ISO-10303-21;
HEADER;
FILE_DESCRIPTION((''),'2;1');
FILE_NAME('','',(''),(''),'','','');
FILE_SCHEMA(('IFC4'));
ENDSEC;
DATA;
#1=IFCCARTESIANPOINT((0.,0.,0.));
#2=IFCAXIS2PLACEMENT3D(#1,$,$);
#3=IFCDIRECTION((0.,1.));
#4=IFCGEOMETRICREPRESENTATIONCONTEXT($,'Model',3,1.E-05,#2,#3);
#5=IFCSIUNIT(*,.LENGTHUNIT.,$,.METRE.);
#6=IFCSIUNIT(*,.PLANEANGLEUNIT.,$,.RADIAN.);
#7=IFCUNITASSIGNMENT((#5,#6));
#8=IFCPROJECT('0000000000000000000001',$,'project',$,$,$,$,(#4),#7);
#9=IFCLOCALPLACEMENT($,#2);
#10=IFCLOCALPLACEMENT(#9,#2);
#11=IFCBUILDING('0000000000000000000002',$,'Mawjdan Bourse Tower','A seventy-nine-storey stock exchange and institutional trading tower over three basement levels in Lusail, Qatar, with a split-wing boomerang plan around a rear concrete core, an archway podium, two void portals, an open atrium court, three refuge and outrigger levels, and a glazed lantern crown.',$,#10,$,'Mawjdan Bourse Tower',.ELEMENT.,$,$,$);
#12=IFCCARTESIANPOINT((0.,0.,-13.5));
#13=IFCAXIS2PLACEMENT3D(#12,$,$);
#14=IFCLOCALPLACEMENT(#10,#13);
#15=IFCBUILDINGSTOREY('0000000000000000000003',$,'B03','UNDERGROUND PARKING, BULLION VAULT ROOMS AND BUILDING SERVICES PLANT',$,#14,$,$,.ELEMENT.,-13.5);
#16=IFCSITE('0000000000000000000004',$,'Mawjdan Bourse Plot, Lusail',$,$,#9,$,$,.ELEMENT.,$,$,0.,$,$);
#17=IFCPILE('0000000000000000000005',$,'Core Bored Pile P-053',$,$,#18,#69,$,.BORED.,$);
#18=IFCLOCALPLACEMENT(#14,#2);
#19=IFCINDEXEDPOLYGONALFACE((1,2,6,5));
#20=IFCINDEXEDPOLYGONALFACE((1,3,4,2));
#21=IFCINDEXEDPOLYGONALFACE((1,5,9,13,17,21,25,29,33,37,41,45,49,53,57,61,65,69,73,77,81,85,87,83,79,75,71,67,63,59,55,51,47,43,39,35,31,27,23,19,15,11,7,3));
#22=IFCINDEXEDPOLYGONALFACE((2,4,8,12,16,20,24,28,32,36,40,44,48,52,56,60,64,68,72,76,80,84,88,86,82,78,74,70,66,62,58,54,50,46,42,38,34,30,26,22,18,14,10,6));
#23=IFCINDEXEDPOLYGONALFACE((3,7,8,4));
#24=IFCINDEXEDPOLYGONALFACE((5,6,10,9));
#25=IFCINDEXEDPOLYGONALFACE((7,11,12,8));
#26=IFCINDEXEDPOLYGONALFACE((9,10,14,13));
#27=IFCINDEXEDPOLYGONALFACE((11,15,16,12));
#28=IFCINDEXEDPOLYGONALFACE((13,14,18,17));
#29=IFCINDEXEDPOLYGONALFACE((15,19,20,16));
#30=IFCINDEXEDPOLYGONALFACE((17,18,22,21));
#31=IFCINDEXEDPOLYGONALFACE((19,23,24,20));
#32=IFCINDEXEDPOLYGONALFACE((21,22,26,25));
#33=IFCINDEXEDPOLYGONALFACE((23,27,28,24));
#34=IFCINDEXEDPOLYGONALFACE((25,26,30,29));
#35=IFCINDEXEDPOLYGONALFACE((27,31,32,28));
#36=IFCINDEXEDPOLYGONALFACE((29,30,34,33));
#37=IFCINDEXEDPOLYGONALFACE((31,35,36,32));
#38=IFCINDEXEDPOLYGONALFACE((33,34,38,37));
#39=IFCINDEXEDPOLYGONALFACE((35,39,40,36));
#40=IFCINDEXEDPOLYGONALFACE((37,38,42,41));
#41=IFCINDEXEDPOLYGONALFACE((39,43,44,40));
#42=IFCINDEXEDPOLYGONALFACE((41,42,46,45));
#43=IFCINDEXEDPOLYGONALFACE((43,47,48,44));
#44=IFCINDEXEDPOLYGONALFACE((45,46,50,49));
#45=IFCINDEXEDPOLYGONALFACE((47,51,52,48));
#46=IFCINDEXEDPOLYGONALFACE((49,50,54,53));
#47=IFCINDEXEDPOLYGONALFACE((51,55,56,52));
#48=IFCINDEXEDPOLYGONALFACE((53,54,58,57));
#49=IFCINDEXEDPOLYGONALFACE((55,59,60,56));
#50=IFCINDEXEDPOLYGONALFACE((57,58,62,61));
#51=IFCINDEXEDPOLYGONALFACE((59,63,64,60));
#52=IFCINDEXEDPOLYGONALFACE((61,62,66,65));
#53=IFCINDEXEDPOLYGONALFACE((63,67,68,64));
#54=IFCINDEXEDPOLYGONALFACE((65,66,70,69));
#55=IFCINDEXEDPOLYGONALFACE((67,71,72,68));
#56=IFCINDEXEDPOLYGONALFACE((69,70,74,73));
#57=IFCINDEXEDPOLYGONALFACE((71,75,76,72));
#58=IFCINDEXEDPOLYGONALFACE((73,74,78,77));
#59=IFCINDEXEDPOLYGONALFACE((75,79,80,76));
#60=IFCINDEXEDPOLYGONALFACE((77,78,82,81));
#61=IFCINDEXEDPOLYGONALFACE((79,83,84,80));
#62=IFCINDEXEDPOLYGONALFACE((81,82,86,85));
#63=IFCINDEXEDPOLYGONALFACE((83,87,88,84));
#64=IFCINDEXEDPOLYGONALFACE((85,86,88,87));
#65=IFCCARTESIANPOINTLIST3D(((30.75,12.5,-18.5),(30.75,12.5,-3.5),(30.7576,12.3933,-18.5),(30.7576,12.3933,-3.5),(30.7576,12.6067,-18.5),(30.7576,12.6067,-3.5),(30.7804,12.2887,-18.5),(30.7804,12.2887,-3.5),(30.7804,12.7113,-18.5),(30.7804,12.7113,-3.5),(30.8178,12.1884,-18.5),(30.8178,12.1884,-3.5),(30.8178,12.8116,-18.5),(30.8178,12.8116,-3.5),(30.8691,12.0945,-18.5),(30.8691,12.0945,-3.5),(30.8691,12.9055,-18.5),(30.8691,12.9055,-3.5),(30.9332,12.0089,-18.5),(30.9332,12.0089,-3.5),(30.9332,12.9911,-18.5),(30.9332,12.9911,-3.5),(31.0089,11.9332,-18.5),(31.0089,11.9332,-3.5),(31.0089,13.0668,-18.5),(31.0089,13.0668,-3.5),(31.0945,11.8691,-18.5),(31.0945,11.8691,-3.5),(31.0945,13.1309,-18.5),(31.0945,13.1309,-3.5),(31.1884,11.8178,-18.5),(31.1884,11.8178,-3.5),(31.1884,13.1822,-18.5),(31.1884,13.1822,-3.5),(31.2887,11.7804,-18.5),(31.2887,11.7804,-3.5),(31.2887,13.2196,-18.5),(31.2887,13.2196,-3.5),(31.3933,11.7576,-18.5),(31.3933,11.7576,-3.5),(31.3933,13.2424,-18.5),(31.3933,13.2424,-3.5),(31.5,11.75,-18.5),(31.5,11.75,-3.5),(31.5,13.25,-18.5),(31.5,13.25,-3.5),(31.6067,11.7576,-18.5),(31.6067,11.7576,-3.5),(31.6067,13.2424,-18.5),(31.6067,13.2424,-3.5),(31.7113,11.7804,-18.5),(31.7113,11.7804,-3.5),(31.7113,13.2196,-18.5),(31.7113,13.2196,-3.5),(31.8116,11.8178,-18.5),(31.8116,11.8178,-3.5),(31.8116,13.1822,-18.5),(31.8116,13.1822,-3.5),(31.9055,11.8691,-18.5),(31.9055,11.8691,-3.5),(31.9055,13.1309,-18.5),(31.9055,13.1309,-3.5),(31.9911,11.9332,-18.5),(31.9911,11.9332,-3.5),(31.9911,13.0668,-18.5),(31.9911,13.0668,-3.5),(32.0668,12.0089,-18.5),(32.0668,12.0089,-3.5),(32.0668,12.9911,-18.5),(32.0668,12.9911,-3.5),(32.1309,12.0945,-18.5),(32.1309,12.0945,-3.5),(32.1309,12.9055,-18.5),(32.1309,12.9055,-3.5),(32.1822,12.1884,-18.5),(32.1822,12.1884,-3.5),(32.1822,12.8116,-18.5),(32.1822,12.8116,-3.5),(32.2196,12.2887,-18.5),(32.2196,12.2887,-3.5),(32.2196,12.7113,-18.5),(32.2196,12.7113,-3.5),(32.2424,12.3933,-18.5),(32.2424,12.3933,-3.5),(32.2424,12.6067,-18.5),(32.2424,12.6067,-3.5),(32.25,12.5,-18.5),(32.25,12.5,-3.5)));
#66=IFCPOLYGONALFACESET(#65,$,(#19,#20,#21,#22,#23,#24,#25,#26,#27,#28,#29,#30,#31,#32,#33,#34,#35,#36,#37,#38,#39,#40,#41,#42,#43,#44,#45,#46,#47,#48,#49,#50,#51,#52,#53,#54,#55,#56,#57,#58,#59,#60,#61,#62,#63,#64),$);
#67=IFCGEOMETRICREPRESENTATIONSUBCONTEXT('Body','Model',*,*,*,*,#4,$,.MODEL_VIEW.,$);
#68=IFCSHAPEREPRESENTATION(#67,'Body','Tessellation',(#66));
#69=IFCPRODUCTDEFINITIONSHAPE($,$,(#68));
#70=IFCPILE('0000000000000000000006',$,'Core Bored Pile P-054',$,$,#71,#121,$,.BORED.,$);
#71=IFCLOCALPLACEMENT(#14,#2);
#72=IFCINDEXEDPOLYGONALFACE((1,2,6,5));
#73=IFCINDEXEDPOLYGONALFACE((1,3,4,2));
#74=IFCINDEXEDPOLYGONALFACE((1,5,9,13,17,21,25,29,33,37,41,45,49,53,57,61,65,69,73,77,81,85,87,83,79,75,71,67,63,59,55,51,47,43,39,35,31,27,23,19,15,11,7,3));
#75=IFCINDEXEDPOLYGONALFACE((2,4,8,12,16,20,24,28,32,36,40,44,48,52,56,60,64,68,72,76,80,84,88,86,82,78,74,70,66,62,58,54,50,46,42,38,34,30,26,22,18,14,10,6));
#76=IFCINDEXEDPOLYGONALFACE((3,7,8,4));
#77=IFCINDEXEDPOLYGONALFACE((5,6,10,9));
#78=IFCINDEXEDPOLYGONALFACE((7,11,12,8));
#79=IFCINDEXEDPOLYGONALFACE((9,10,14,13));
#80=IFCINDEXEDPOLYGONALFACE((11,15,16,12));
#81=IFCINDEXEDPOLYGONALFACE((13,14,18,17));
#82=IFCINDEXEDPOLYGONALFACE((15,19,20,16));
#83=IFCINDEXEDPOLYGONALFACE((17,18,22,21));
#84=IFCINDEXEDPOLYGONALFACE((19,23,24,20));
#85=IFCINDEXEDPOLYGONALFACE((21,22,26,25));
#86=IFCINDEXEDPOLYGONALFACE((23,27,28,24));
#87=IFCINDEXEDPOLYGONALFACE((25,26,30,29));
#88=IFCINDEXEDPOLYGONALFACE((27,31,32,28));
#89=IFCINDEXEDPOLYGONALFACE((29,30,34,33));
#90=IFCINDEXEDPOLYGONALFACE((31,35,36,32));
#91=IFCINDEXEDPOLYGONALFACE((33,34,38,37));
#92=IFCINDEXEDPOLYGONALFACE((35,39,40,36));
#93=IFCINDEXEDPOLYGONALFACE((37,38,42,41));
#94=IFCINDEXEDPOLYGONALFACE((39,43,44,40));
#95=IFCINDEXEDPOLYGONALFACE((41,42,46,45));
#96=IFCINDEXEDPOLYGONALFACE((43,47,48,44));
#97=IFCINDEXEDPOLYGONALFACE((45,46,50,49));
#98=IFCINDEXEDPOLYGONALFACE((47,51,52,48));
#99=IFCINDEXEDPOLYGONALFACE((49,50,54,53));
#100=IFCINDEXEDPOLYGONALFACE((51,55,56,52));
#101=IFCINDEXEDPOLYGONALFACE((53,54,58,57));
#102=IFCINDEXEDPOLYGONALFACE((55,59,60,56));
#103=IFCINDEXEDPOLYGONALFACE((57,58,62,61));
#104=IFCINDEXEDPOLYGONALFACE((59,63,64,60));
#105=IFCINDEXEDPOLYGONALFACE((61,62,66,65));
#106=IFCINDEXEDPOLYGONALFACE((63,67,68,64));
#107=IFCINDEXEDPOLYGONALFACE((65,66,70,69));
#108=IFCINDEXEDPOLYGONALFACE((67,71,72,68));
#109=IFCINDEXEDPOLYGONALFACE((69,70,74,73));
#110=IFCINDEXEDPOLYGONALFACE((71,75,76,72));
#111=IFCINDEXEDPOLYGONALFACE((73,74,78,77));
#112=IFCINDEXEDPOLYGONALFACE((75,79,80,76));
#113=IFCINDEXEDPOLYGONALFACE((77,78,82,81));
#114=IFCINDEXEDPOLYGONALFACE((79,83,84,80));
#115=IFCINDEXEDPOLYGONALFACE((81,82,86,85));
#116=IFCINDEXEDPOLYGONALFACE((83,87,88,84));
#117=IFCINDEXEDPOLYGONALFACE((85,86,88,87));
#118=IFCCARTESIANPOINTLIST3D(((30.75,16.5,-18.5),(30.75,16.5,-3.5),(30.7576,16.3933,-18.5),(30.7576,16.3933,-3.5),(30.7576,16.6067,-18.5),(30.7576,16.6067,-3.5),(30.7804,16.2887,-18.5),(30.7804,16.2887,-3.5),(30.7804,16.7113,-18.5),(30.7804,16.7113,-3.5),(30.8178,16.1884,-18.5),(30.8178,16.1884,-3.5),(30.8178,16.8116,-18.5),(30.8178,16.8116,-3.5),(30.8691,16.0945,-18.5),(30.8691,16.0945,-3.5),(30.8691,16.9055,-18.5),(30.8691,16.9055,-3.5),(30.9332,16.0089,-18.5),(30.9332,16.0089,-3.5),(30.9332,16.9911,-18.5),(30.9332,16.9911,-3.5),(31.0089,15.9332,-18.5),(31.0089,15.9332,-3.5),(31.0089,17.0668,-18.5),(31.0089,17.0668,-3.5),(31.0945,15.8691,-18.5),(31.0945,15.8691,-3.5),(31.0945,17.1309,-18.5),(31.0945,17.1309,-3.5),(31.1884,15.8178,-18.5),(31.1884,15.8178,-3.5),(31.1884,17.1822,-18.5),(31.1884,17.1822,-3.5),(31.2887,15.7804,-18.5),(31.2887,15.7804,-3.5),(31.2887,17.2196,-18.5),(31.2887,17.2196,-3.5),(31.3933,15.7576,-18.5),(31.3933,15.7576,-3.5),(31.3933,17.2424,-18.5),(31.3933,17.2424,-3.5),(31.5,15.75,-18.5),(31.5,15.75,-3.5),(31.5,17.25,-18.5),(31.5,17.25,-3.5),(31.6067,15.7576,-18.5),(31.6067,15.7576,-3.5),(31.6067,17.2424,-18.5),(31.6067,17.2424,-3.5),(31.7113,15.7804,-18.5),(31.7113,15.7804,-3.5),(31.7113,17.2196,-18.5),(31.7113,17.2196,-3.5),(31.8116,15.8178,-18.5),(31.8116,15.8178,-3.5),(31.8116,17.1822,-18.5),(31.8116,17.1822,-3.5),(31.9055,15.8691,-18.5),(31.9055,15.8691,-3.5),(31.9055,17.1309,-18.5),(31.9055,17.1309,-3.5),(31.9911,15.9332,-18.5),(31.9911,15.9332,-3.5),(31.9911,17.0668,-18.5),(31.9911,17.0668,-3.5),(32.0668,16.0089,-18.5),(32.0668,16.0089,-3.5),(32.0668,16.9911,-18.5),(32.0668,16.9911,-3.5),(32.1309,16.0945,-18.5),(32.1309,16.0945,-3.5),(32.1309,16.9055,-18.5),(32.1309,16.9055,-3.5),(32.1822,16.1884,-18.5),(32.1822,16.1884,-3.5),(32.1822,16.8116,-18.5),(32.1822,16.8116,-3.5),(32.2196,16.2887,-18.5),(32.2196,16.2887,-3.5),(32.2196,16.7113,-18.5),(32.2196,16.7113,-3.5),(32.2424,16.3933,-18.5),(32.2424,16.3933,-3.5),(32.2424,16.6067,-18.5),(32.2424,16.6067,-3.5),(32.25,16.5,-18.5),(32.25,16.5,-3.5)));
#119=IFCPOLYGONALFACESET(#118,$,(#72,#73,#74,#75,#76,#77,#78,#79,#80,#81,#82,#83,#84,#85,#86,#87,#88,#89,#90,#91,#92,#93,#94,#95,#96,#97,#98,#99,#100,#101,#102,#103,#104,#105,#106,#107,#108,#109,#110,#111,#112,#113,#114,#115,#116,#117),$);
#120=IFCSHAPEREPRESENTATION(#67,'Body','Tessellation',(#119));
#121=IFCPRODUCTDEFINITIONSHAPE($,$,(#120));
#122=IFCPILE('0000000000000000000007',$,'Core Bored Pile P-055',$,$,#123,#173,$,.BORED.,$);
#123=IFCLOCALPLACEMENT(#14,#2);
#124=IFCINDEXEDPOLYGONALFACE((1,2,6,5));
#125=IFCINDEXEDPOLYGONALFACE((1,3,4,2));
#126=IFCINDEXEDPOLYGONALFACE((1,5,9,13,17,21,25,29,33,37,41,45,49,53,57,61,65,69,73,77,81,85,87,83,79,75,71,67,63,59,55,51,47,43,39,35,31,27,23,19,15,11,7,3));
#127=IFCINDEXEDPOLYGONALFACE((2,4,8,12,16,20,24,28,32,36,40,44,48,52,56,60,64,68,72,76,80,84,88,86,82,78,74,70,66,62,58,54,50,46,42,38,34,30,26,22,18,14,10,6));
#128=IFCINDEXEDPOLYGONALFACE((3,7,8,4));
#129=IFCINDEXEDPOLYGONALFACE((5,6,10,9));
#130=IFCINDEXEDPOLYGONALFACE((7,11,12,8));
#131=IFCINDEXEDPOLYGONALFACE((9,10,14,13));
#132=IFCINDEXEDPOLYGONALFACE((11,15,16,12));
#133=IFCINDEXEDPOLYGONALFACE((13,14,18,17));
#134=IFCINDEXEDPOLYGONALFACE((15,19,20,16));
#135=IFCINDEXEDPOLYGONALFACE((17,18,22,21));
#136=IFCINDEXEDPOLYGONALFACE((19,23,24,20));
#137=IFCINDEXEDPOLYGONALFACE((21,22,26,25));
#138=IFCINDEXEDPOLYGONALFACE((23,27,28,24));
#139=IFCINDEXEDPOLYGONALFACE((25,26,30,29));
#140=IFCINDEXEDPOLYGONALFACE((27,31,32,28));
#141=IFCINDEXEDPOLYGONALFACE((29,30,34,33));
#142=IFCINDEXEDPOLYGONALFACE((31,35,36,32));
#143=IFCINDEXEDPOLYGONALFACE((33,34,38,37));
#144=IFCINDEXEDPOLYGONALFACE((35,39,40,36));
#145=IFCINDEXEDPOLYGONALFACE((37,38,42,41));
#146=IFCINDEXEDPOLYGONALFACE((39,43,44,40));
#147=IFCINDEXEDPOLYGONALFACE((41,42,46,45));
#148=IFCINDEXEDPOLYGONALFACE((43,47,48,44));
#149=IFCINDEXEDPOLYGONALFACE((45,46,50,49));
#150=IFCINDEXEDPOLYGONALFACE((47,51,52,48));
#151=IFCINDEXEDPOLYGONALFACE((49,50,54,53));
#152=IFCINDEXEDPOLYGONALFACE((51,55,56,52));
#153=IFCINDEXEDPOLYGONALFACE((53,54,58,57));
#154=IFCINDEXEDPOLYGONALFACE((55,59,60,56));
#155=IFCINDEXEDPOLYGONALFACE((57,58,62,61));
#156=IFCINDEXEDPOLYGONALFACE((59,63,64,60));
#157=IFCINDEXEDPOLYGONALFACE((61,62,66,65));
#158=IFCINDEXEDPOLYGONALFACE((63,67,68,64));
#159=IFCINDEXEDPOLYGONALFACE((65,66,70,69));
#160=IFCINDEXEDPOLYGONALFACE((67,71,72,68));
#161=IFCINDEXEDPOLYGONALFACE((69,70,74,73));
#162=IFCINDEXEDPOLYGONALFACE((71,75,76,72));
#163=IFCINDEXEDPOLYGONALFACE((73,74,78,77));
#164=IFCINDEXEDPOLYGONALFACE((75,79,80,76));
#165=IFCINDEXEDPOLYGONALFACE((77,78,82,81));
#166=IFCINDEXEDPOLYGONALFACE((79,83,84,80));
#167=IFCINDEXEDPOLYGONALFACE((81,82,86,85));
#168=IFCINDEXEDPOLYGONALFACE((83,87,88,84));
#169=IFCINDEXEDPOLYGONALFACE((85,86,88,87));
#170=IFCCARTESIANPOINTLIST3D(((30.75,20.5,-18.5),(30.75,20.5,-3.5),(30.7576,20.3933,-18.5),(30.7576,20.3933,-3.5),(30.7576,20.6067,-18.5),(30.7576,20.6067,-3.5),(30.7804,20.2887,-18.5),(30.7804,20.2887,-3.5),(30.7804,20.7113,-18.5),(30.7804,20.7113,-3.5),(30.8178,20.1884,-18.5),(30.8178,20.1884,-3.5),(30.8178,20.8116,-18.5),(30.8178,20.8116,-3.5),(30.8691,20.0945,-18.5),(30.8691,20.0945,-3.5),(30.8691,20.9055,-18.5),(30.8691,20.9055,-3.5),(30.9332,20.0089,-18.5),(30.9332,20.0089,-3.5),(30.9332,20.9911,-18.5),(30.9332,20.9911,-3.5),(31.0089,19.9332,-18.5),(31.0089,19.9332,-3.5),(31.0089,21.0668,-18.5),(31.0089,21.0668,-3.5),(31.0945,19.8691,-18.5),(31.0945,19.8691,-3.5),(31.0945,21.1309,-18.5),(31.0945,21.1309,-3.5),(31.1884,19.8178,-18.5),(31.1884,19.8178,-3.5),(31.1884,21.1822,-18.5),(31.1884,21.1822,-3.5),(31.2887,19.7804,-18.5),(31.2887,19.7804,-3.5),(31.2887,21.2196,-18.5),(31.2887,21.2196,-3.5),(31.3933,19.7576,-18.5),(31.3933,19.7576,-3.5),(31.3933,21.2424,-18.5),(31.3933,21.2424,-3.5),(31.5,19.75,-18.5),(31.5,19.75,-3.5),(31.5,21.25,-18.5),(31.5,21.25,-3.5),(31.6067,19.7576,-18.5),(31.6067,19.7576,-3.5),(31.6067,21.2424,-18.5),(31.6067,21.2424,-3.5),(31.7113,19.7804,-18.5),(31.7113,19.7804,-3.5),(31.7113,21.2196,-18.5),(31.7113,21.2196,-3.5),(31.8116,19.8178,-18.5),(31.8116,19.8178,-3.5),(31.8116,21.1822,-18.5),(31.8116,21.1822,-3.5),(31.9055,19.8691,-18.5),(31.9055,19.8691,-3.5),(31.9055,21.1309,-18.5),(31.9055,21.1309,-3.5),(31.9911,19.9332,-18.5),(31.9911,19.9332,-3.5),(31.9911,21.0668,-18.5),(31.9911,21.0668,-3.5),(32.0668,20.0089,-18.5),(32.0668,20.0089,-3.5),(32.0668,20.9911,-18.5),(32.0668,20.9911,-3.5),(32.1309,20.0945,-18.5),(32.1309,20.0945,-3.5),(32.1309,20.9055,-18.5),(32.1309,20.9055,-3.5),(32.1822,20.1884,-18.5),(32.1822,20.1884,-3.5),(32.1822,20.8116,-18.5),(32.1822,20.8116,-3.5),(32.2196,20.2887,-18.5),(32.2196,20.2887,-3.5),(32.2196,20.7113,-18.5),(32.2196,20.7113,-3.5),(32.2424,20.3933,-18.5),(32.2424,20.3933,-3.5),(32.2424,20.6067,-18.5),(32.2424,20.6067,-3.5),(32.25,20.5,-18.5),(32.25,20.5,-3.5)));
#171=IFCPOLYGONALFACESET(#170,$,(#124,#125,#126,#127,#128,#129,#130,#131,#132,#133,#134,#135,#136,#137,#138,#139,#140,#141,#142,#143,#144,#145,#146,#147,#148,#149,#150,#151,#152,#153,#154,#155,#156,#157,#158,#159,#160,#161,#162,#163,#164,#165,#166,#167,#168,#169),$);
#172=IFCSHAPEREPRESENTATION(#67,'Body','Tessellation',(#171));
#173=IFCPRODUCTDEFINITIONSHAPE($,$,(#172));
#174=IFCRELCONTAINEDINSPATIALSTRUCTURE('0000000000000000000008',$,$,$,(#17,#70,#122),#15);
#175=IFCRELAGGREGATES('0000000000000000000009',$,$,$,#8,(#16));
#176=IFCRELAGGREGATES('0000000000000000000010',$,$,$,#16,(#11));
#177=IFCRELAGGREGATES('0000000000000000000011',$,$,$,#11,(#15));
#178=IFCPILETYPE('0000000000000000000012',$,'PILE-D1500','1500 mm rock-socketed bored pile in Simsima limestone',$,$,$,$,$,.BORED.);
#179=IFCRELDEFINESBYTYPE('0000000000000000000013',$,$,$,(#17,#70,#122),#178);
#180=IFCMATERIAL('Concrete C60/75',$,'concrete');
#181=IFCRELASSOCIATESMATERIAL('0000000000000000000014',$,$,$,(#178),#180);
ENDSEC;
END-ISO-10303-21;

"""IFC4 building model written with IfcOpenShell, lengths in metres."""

from ifc_helpers import new_model, si_unit, direction, frame, origin, origin_2d, place, context, subcontext, project, spatial, circle, extrude, material, material_profile, profile_set, type_object, element, save


model = new_model("IFC4")

# Units and contexts
model_context = context("Model", 3, precision=1e-05, world=origin(), true_north=direction((0.0, 1.0)))
body_context = subcontext(model_context, "Body", "Model", "MODEL_VIEW")
ifc_project = project(units=[si_unit("LENGTHUNIT", "METRE"), si_unit("PLANEANGLEUNIT", "RADIAN")], contexts=[model_context])

# Site, building, storey
site_placement = place(None, origin())
site = spatial("IfcSite", under=ifc_project, at=site_placement, Name="Mawjdan Bourse Plot, Lusail", CompositionType="ELEMENT", RefElevation=0.0)
building_placement = place(site_placement, origin())
building = spatial("IfcBuilding", under=site, at=building_placement, Name="Mawjdan Bourse Tower", Description="A seventy-nine-storey stock exchange and institutional trading tower over three basement levels in Lusail, Qatar, with a split-wing boomerang plan around a rear concrete core, an archway podium, two void portals, an open atrium court, three refuge and outrigger levels, and a glazed lantern crown.", LongName="Mawjdan Bourse Tower", CompositionType="ELEMENT")
storey_placement = place(building_placement, frame((0.0, 0.0, -13.5)))
storey = spatial("IfcBuildingStorey", under=building, at=storey_placement, Name="B03", Description="UNDERGROUND PARKING, BULLION VAULT ROOMS AND BUILDING SERVICES PLANT", CompositionType="ELEMENT", Elevation=-13.5)

# Piles
ifc_material_1 = material(Name="Concrete C60/75", Category="concrete")
ifc_material_profile_1 = material_profile(ifc_material_1, circle(Radius=0.75, at=origin_2d()), Name="PILE-D1500")
ifc_profile_set_1 = profile_set([ifc_material_profile_1], Name="Concrete C60/75")
pile_type = type_object("IfcPileType", Name="PILE-D1500", Description="1500 mm rock-socketed bored pile in Simsima limestone", PredefinedType="BORED", material=ifc_profile_set_1)
for number, where, z_axis, x_axis, name in (
    (1, (31.5, 12.5, -3.5), (0.0, 0.0, -1.0), (1.0, 0.0, 0.0), "Core Bored Pile P-053"),
    (2, (31.5, 16.5, -3.5), (0.0, 0.0, -1.0), (1.0, 0.0, 0.0), "Core Bored Pile P-054"),
    (3, (31.5, 20.5, -3.5), (0.0, 0.0, -1.0), (1.0, 0.0, 0.0), "Core Bored Pile P-055"),
):
    element("IfcPile", number, at=place(storey_placement, frame(where, z_axis=z_axis, x_axis=x_axis)), inside=storey, type_object=pile_type, Name=name, PredefinedType="BORED", context=body_context, shape_type="SweptSolid", body=[
        extrude(circle(Radius=0.75, at=origin_2d()), origin(), (0.0, 0.0, 1.0), 15.0),
    ])

save(model, "model.ifc")
